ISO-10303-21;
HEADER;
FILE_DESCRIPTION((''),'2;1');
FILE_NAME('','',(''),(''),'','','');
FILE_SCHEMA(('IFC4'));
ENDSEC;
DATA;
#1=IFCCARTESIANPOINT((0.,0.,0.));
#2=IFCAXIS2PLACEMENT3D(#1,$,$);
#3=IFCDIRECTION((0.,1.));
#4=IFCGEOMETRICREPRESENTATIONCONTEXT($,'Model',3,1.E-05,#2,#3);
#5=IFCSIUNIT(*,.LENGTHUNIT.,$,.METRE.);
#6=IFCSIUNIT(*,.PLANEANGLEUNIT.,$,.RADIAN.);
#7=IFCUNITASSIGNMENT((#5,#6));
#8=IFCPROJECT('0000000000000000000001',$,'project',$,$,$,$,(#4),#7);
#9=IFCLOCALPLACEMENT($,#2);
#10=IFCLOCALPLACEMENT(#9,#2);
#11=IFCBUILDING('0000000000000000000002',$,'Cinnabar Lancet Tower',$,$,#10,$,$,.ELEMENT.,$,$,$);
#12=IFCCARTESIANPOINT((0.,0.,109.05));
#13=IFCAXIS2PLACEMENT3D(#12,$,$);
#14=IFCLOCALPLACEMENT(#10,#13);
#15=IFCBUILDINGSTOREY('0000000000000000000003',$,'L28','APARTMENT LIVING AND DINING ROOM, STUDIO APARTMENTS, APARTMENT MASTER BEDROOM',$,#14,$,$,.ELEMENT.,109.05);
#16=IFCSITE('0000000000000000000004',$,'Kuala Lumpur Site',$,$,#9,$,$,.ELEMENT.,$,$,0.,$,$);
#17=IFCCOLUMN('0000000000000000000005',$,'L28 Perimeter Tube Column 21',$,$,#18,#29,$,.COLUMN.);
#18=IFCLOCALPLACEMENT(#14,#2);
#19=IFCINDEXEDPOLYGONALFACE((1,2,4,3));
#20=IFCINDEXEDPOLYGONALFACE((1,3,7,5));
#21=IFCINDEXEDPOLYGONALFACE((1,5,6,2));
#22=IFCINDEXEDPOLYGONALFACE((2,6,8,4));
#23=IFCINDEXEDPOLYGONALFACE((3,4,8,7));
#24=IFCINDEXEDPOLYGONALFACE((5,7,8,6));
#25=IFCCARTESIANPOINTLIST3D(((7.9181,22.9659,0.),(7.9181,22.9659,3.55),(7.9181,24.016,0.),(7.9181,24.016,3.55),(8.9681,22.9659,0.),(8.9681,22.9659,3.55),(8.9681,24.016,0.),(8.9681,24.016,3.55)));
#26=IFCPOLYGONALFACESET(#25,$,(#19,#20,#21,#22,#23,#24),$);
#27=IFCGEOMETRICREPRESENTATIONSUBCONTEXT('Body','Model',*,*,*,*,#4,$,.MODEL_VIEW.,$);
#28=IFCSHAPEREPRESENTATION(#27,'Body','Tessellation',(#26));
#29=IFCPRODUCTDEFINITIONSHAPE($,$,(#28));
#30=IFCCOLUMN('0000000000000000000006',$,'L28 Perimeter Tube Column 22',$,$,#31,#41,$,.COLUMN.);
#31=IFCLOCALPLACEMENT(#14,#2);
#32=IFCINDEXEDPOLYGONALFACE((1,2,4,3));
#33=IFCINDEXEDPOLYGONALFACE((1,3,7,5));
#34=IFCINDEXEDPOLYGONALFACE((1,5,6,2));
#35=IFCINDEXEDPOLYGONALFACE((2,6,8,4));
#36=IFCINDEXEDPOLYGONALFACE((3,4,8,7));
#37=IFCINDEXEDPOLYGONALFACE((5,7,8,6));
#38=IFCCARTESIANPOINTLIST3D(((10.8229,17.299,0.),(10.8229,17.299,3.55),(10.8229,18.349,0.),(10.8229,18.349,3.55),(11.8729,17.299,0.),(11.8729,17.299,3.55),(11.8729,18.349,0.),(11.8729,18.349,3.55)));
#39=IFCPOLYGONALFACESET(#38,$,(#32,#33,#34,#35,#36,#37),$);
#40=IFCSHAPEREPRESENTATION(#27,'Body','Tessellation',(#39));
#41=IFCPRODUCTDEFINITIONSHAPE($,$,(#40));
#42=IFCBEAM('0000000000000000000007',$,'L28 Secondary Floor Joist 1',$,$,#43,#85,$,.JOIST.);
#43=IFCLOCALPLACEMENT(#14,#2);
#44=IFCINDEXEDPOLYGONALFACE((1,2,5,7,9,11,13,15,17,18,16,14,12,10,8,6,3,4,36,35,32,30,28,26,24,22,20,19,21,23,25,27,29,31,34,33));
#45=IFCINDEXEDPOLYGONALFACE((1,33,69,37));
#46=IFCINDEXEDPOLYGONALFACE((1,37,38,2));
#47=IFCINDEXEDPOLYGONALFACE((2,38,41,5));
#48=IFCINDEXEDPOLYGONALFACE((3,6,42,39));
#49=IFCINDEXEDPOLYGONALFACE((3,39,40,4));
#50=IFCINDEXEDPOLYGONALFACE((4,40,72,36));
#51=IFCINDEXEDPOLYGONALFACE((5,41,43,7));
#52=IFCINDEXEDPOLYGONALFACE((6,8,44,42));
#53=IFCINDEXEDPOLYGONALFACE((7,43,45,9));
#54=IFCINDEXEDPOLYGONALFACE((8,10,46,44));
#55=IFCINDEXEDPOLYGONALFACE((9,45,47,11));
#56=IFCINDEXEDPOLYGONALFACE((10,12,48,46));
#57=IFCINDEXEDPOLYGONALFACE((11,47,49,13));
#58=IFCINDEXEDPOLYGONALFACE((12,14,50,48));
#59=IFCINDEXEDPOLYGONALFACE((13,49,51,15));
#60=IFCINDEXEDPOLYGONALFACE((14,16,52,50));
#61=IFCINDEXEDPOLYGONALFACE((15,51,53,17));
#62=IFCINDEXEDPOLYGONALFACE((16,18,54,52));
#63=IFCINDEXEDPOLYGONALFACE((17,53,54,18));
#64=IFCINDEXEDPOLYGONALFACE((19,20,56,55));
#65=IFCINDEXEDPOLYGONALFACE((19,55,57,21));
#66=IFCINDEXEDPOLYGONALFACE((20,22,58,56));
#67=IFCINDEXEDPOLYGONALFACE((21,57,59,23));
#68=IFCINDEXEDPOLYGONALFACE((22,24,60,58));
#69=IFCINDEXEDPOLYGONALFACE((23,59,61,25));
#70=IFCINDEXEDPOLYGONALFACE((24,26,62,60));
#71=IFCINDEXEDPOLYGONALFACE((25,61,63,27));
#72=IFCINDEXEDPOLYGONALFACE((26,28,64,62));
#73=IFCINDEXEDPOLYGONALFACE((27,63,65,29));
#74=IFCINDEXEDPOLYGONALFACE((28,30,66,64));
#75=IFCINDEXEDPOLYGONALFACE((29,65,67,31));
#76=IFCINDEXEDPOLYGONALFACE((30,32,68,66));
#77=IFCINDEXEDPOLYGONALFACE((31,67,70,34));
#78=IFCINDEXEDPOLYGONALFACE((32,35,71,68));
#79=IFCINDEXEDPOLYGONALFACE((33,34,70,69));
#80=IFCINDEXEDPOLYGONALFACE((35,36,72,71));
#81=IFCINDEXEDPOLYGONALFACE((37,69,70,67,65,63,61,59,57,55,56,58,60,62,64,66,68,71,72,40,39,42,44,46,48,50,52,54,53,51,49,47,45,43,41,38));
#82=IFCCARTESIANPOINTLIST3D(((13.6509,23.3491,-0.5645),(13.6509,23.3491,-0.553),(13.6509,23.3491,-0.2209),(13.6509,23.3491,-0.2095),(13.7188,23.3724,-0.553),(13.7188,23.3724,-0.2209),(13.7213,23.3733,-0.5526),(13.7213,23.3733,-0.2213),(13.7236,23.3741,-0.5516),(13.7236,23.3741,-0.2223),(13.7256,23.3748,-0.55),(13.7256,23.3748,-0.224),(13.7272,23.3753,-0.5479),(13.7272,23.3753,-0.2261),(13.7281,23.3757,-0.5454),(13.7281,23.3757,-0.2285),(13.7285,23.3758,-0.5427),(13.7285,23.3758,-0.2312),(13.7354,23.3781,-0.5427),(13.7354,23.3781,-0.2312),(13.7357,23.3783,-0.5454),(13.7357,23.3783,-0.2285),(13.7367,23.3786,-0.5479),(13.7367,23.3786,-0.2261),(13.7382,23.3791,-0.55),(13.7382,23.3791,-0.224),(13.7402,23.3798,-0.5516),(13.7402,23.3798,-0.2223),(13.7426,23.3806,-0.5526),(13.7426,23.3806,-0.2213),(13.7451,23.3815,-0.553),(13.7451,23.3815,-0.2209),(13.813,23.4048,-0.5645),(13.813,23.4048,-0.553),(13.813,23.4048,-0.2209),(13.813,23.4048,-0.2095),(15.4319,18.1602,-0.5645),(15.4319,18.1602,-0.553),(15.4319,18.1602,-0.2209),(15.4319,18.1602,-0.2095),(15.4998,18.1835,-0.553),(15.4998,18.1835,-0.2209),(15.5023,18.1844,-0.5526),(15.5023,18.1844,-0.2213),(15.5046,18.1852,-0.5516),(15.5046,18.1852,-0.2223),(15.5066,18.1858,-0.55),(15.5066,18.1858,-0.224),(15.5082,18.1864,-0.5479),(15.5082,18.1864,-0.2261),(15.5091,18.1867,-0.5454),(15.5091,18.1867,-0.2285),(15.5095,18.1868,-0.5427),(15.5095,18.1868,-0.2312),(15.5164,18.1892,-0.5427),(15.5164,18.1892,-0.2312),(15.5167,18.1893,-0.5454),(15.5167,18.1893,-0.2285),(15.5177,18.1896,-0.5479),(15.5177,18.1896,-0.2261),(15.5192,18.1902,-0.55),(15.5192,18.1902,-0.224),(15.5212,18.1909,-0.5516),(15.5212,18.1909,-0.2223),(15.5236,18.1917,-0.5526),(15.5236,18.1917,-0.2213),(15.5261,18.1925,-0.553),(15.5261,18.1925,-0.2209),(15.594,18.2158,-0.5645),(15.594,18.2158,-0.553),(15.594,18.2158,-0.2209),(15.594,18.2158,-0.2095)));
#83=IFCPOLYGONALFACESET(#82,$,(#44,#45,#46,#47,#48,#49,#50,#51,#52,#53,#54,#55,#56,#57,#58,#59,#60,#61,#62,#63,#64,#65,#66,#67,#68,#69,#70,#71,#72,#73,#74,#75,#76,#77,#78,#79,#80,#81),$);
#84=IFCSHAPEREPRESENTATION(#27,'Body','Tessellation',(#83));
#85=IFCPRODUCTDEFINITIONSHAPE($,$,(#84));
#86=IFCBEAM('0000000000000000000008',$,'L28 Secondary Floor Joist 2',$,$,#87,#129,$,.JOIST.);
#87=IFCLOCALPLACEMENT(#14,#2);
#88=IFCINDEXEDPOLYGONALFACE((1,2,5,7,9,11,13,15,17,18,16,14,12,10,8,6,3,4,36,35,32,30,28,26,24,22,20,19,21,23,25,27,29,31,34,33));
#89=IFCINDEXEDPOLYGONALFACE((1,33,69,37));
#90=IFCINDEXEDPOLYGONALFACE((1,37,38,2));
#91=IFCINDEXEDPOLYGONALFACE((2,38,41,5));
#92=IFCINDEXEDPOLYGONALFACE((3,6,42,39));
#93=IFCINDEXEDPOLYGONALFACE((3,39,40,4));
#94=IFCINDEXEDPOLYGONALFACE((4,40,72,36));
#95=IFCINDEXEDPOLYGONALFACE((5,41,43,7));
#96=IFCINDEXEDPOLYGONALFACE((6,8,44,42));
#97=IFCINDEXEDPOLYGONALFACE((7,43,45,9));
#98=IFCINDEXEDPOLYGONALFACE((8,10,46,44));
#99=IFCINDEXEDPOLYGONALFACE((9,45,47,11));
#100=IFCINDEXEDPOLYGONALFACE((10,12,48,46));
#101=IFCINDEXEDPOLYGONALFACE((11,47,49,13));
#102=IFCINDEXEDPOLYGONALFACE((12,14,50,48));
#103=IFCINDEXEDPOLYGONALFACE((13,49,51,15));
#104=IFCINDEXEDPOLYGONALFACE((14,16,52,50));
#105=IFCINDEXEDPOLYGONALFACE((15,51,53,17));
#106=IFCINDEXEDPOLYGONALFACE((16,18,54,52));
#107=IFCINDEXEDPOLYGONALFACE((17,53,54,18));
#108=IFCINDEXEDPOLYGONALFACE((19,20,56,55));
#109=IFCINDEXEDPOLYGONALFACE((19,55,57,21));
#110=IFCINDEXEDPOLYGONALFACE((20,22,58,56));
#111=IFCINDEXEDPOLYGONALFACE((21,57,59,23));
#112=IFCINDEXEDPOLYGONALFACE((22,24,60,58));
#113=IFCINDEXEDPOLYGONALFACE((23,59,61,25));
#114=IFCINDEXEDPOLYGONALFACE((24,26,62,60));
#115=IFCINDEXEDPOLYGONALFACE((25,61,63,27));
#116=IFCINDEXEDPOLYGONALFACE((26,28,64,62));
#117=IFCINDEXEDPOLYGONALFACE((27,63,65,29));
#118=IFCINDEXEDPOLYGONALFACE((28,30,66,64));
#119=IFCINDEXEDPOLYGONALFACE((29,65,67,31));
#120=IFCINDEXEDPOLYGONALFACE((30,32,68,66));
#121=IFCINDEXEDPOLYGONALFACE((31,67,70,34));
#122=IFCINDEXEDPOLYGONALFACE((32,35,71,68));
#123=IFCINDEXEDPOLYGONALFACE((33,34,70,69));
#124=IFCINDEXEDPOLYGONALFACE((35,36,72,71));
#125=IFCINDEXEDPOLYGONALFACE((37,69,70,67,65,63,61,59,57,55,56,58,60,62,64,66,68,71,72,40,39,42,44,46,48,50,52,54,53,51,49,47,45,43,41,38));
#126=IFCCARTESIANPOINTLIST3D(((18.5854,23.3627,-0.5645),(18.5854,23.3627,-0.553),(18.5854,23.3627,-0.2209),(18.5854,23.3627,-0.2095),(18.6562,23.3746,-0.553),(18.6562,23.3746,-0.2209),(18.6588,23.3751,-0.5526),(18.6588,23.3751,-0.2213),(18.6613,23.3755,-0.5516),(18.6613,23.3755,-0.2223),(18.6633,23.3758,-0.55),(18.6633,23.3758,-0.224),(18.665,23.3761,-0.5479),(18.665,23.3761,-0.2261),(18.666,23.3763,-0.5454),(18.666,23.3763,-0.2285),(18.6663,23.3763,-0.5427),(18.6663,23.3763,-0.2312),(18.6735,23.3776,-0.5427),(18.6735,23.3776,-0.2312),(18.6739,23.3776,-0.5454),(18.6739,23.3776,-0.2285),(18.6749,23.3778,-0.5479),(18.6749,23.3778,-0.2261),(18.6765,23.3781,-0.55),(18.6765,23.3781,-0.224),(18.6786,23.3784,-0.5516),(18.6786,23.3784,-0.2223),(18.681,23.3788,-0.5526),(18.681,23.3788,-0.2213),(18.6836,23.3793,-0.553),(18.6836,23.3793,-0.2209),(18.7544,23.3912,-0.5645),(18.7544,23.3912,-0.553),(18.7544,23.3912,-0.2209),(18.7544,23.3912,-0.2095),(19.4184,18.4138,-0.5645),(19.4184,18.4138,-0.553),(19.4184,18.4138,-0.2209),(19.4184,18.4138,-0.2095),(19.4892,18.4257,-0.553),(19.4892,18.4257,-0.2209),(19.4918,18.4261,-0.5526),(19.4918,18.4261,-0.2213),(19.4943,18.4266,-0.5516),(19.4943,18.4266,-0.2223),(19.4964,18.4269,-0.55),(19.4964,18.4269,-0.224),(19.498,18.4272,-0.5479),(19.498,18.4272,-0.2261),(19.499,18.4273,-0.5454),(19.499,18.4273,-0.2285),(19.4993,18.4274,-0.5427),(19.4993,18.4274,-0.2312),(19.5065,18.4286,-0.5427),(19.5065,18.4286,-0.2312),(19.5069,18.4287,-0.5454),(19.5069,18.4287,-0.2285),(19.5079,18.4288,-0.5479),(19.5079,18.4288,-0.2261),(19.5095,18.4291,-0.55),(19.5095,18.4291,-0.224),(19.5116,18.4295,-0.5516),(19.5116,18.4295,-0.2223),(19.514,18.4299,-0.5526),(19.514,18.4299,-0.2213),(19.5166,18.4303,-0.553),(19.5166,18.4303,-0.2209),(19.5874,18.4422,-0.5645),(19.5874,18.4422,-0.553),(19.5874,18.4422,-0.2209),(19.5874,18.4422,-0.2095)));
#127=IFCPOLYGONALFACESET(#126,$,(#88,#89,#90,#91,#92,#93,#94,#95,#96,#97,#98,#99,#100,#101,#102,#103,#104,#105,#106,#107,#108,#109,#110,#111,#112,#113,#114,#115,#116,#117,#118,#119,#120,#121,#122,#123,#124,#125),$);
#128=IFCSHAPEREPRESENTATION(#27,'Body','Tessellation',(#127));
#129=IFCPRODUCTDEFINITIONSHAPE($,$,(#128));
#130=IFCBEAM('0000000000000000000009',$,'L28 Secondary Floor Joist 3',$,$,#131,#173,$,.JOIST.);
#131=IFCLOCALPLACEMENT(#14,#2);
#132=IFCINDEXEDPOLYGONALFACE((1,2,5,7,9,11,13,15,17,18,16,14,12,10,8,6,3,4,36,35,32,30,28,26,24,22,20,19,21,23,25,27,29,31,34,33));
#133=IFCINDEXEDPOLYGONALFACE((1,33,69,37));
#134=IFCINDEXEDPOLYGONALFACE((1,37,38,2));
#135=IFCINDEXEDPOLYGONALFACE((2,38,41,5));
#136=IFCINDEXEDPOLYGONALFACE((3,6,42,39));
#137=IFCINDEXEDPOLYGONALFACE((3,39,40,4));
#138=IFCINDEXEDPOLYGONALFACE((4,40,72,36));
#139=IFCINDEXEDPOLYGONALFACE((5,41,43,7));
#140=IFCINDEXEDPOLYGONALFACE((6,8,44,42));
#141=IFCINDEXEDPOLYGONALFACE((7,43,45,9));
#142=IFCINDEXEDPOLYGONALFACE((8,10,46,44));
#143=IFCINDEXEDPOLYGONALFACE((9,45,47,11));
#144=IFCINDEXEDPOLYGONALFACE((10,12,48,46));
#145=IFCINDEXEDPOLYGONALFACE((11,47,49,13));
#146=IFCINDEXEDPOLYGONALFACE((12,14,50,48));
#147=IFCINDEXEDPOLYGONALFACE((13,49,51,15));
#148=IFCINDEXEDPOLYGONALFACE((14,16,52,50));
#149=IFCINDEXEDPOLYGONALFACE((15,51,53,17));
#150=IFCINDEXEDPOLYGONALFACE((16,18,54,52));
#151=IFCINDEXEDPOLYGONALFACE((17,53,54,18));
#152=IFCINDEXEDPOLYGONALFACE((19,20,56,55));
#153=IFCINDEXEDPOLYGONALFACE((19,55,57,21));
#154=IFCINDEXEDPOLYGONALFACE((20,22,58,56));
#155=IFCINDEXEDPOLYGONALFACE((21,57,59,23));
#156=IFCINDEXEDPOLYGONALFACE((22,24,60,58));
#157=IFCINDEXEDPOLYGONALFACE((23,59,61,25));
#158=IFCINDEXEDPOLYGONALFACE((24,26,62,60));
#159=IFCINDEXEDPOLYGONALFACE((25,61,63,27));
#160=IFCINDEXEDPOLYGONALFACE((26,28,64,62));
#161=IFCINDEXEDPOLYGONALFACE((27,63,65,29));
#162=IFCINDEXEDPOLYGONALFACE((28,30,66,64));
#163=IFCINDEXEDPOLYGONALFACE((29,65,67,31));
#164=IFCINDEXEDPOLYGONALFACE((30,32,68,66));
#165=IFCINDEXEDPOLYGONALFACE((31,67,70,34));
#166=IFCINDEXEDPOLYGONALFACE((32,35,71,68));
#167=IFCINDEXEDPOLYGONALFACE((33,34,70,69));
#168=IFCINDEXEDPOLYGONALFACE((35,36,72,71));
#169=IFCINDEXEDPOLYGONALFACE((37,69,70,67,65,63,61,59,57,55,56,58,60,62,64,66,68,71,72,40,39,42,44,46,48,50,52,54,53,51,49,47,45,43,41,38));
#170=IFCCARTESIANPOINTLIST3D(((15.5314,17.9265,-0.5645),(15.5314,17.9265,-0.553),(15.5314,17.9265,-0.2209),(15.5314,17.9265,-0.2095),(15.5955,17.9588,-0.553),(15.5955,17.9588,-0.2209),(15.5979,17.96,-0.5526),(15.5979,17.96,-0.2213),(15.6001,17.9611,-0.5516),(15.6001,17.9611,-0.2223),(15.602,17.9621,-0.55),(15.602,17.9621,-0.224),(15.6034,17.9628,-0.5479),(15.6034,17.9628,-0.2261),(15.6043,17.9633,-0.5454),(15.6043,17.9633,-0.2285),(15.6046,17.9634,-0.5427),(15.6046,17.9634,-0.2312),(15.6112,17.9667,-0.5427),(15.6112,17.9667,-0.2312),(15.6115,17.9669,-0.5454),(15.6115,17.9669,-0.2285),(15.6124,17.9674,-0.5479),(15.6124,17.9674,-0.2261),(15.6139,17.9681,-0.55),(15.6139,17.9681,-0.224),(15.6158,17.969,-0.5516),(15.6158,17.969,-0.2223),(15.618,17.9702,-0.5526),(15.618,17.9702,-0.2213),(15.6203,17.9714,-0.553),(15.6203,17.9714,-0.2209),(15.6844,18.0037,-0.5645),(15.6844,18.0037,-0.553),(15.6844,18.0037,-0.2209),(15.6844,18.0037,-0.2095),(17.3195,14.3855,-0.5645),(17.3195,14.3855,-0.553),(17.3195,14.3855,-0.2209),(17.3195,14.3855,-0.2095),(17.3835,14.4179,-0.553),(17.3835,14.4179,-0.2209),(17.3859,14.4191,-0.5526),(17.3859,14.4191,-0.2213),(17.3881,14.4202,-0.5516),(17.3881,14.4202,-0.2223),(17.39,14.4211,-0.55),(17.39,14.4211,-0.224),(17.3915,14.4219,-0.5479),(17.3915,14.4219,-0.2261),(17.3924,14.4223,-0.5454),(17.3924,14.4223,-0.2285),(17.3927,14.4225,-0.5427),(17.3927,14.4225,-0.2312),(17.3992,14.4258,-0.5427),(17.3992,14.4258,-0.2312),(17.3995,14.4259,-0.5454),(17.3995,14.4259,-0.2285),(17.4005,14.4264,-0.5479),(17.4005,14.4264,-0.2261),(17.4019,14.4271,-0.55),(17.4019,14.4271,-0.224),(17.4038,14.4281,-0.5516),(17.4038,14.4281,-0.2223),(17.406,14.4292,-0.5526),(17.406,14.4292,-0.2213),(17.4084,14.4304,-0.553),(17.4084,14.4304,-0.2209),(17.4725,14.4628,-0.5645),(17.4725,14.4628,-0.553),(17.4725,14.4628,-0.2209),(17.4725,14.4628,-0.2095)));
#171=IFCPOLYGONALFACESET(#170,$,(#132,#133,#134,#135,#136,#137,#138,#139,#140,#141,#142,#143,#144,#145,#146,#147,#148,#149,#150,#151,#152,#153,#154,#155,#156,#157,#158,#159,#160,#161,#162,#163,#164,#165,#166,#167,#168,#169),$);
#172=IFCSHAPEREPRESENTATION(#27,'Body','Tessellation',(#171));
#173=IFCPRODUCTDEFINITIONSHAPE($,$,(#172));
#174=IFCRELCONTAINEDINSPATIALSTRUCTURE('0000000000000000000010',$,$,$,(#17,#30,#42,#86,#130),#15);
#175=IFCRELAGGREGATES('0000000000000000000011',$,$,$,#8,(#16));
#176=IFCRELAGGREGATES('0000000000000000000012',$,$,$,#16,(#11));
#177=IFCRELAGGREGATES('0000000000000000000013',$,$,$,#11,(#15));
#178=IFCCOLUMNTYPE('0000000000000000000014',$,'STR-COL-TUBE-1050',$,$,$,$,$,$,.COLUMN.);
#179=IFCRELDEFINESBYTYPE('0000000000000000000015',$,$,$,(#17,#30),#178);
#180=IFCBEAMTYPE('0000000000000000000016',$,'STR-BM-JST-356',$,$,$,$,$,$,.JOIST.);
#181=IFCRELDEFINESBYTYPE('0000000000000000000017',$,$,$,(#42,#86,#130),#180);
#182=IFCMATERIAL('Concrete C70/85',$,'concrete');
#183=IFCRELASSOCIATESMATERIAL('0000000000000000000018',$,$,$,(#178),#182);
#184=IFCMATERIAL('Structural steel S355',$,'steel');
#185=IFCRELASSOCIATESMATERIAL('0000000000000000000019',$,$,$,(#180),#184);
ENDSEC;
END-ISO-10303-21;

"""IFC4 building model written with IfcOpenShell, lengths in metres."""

from ifc_helpers import new_model, si_unit, direction, frame, origin, origin_2d, place, context, subcontext, project, spatial, rectangle, i_section, extrude, material, material_profile, profile_set, type_object, element, save


model = new_model("IFC4")

# Units and contexts
model_context = context("Model", 3, precision=1e-05, world=origin(), true_north=direction((0.0, 1.0)))
body_context = subcontext(model_context, "Body", "Model", "MODEL_VIEW")
ifc_project = project(units=[si_unit("LENGTHUNIT", "METRE"), si_unit("PLANEANGLEUNIT", "RADIAN")], contexts=[model_context])

# Site, building, storey
site_placement = place(None, origin())
site = spatial("IfcSite", under=ifc_project, at=site_placement, Name="Kuala Lumpur Site", CompositionType="ELEMENT", RefElevation=0.0)
building_placement = place(site_placement, origin())
building = spatial("IfcBuilding", under=site, at=building_placement, Name="Cinnabar Lancet Tower", CompositionType="ELEMENT")
storey_placement = place(building_placement, frame((0.0, 0.0, 109.05)))
storey = spatial("IfcBuildingStorey", under=building, at=storey_placement, Name="L28", Description="APARTMENT LIVING AND DINING ROOM, STUDIO APARTMENTS, APARTMENT MASTER BEDROOM", CompositionType="ELEMENT", Elevation=109.05)

# Columns
ifc_material_1 = material(Name="Concrete C70/85", Category="concrete")
ifc_material_profile_1 = material_profile(ifc_material_1, rectangle(XDim=1.05, YDim=1.05, at=origin_2d()), Name="RC-COL 1050x1050")
ifc_profile_set_1 = profile_set([ifc_material_profile_1], Name="Concrete C70/85")
column_type = type_object("IfcColumnType", Name="STR-COL-TUBE-1050", PredefinedType="COLUMN", material=ifc_profile_set_1)
for number, where, z_axis, x_axis, name in (
    (1, (8.4431, 23.491, 0.0), (0.0, 0.0, 1.0), (1.0, 0.0, 0.0), "L28 Perimeter Tube Column 21"),
    (2, (11.3479, 17.824, 0.0), (0.0, 0.0, 1.0), (1.0, 0.0, 0.0), "L28 Perimeter Tube Column 22"),
):
    element("IfcColumn", number, at=place(storey_placement, frame(where, z_axis=z_axis, x_axis=x_axis)), inside=storey, type_object=column_type, Name=name, PredefinedType="COLUMN", context=body_context, shape_type="SweptSolid", body=[
        extrude(rectangle(XDim=1.05, YDim=1.05, at=origin_2d()), origin(), (0.0, 0.0, 1.0), 3.55),
    ])

# Beams
ifc_material_2 = material(Name="Structural steel S355", Category="steel")
ifc_material_profile_2 = material_profile(ifc_material_2, i_section(OverallWidth=0.1714, OverallDepth=0.355, WebThickness=0.0073, FlangeThickness=0.0115, FilletRadius=0.0103, at=origin_2d()), Name="UKB 356x171x51")
ifc_profile_set_2 = profile_set([ifc_material_profile_2], Name="Structural steel S355")
beam_type_1 = type_object("IfcBeamType", Name="STR-BM-JST-356", PredefinedType="JOIST", material=ifc_profile_set_2)
beam_1_placement = place(storey_placement, frame((13.7319, 23.377, -0.387), z_axis=(0.324639, -0.945838, 0.0), x_axis=(0.945838, 0.324639, 0.0)))
element("IfcBeam", 3, at=beam_1_placement, inside=storey, type_object=beam_type_1, Name="L28 Secondary Floor Joist 1", PredefinedType="JOIST", context=body_context, shape_type="SweptSolid", body=[
    extrude(i_section(OverallWidth=0.1714, OverallDepth=0.355, WebThickness=0.0073, FlangeThickness=0.0115, FilletRadius=0.0103, at=origin_2d()), origin(), (0.0, 0.0, 1.0), 5.4861),
])
beam_2_placement = place(storey_placement, frame((18.6699, 23.377, -0.387), z_axis=(0.165984, -0.986128, 0.0), x_axis=(0.986128, 0.165984, 0.0)))
element("IfcBeam", 4, at=beam_2_placement, inside=storey, type_object=beam_type_1, Name="L28 Secondary Floor Joist 2", PredefinedType="JOIST", context=body_context, shape_type="SweptSolid", body=[
    extrude(i_section(OverallWidth=0.1714, OverallDepth=0.355, WebThickness=0.0073, FlangeThickness=0.0115, FilletRadius=0.0103, at=origin_2d()), origin(), (0.0, 0.0, 1.0), 5.0186),
])
beam_3_placement = place(storey_placement, frame((15.6079, 17.9651, -0.387), z_axis=(0.450755, -0.892648, 0.0), x_axis=(0.892648, 0.450755, 0.0)))
element("IfcBeam", 5, at=beam_3_placement, inside=storey, type_object=beam_type_1, Name="L28 Secondary Floor Joist 3", PredefinedType="JOIST", context=body_context, shape_type="SweptSolid", body=[
    extrude(i_section(OverallWidth=0.1714, OverallDepth=0.355, WebThickness=0.0073, FlangeThickness=0.0115, FilletRadius=0.0103, at=origin_2d()), origin(), (0.0, 0.0, 1.0), 3.9668),
])

save(model, "model.ifc")
